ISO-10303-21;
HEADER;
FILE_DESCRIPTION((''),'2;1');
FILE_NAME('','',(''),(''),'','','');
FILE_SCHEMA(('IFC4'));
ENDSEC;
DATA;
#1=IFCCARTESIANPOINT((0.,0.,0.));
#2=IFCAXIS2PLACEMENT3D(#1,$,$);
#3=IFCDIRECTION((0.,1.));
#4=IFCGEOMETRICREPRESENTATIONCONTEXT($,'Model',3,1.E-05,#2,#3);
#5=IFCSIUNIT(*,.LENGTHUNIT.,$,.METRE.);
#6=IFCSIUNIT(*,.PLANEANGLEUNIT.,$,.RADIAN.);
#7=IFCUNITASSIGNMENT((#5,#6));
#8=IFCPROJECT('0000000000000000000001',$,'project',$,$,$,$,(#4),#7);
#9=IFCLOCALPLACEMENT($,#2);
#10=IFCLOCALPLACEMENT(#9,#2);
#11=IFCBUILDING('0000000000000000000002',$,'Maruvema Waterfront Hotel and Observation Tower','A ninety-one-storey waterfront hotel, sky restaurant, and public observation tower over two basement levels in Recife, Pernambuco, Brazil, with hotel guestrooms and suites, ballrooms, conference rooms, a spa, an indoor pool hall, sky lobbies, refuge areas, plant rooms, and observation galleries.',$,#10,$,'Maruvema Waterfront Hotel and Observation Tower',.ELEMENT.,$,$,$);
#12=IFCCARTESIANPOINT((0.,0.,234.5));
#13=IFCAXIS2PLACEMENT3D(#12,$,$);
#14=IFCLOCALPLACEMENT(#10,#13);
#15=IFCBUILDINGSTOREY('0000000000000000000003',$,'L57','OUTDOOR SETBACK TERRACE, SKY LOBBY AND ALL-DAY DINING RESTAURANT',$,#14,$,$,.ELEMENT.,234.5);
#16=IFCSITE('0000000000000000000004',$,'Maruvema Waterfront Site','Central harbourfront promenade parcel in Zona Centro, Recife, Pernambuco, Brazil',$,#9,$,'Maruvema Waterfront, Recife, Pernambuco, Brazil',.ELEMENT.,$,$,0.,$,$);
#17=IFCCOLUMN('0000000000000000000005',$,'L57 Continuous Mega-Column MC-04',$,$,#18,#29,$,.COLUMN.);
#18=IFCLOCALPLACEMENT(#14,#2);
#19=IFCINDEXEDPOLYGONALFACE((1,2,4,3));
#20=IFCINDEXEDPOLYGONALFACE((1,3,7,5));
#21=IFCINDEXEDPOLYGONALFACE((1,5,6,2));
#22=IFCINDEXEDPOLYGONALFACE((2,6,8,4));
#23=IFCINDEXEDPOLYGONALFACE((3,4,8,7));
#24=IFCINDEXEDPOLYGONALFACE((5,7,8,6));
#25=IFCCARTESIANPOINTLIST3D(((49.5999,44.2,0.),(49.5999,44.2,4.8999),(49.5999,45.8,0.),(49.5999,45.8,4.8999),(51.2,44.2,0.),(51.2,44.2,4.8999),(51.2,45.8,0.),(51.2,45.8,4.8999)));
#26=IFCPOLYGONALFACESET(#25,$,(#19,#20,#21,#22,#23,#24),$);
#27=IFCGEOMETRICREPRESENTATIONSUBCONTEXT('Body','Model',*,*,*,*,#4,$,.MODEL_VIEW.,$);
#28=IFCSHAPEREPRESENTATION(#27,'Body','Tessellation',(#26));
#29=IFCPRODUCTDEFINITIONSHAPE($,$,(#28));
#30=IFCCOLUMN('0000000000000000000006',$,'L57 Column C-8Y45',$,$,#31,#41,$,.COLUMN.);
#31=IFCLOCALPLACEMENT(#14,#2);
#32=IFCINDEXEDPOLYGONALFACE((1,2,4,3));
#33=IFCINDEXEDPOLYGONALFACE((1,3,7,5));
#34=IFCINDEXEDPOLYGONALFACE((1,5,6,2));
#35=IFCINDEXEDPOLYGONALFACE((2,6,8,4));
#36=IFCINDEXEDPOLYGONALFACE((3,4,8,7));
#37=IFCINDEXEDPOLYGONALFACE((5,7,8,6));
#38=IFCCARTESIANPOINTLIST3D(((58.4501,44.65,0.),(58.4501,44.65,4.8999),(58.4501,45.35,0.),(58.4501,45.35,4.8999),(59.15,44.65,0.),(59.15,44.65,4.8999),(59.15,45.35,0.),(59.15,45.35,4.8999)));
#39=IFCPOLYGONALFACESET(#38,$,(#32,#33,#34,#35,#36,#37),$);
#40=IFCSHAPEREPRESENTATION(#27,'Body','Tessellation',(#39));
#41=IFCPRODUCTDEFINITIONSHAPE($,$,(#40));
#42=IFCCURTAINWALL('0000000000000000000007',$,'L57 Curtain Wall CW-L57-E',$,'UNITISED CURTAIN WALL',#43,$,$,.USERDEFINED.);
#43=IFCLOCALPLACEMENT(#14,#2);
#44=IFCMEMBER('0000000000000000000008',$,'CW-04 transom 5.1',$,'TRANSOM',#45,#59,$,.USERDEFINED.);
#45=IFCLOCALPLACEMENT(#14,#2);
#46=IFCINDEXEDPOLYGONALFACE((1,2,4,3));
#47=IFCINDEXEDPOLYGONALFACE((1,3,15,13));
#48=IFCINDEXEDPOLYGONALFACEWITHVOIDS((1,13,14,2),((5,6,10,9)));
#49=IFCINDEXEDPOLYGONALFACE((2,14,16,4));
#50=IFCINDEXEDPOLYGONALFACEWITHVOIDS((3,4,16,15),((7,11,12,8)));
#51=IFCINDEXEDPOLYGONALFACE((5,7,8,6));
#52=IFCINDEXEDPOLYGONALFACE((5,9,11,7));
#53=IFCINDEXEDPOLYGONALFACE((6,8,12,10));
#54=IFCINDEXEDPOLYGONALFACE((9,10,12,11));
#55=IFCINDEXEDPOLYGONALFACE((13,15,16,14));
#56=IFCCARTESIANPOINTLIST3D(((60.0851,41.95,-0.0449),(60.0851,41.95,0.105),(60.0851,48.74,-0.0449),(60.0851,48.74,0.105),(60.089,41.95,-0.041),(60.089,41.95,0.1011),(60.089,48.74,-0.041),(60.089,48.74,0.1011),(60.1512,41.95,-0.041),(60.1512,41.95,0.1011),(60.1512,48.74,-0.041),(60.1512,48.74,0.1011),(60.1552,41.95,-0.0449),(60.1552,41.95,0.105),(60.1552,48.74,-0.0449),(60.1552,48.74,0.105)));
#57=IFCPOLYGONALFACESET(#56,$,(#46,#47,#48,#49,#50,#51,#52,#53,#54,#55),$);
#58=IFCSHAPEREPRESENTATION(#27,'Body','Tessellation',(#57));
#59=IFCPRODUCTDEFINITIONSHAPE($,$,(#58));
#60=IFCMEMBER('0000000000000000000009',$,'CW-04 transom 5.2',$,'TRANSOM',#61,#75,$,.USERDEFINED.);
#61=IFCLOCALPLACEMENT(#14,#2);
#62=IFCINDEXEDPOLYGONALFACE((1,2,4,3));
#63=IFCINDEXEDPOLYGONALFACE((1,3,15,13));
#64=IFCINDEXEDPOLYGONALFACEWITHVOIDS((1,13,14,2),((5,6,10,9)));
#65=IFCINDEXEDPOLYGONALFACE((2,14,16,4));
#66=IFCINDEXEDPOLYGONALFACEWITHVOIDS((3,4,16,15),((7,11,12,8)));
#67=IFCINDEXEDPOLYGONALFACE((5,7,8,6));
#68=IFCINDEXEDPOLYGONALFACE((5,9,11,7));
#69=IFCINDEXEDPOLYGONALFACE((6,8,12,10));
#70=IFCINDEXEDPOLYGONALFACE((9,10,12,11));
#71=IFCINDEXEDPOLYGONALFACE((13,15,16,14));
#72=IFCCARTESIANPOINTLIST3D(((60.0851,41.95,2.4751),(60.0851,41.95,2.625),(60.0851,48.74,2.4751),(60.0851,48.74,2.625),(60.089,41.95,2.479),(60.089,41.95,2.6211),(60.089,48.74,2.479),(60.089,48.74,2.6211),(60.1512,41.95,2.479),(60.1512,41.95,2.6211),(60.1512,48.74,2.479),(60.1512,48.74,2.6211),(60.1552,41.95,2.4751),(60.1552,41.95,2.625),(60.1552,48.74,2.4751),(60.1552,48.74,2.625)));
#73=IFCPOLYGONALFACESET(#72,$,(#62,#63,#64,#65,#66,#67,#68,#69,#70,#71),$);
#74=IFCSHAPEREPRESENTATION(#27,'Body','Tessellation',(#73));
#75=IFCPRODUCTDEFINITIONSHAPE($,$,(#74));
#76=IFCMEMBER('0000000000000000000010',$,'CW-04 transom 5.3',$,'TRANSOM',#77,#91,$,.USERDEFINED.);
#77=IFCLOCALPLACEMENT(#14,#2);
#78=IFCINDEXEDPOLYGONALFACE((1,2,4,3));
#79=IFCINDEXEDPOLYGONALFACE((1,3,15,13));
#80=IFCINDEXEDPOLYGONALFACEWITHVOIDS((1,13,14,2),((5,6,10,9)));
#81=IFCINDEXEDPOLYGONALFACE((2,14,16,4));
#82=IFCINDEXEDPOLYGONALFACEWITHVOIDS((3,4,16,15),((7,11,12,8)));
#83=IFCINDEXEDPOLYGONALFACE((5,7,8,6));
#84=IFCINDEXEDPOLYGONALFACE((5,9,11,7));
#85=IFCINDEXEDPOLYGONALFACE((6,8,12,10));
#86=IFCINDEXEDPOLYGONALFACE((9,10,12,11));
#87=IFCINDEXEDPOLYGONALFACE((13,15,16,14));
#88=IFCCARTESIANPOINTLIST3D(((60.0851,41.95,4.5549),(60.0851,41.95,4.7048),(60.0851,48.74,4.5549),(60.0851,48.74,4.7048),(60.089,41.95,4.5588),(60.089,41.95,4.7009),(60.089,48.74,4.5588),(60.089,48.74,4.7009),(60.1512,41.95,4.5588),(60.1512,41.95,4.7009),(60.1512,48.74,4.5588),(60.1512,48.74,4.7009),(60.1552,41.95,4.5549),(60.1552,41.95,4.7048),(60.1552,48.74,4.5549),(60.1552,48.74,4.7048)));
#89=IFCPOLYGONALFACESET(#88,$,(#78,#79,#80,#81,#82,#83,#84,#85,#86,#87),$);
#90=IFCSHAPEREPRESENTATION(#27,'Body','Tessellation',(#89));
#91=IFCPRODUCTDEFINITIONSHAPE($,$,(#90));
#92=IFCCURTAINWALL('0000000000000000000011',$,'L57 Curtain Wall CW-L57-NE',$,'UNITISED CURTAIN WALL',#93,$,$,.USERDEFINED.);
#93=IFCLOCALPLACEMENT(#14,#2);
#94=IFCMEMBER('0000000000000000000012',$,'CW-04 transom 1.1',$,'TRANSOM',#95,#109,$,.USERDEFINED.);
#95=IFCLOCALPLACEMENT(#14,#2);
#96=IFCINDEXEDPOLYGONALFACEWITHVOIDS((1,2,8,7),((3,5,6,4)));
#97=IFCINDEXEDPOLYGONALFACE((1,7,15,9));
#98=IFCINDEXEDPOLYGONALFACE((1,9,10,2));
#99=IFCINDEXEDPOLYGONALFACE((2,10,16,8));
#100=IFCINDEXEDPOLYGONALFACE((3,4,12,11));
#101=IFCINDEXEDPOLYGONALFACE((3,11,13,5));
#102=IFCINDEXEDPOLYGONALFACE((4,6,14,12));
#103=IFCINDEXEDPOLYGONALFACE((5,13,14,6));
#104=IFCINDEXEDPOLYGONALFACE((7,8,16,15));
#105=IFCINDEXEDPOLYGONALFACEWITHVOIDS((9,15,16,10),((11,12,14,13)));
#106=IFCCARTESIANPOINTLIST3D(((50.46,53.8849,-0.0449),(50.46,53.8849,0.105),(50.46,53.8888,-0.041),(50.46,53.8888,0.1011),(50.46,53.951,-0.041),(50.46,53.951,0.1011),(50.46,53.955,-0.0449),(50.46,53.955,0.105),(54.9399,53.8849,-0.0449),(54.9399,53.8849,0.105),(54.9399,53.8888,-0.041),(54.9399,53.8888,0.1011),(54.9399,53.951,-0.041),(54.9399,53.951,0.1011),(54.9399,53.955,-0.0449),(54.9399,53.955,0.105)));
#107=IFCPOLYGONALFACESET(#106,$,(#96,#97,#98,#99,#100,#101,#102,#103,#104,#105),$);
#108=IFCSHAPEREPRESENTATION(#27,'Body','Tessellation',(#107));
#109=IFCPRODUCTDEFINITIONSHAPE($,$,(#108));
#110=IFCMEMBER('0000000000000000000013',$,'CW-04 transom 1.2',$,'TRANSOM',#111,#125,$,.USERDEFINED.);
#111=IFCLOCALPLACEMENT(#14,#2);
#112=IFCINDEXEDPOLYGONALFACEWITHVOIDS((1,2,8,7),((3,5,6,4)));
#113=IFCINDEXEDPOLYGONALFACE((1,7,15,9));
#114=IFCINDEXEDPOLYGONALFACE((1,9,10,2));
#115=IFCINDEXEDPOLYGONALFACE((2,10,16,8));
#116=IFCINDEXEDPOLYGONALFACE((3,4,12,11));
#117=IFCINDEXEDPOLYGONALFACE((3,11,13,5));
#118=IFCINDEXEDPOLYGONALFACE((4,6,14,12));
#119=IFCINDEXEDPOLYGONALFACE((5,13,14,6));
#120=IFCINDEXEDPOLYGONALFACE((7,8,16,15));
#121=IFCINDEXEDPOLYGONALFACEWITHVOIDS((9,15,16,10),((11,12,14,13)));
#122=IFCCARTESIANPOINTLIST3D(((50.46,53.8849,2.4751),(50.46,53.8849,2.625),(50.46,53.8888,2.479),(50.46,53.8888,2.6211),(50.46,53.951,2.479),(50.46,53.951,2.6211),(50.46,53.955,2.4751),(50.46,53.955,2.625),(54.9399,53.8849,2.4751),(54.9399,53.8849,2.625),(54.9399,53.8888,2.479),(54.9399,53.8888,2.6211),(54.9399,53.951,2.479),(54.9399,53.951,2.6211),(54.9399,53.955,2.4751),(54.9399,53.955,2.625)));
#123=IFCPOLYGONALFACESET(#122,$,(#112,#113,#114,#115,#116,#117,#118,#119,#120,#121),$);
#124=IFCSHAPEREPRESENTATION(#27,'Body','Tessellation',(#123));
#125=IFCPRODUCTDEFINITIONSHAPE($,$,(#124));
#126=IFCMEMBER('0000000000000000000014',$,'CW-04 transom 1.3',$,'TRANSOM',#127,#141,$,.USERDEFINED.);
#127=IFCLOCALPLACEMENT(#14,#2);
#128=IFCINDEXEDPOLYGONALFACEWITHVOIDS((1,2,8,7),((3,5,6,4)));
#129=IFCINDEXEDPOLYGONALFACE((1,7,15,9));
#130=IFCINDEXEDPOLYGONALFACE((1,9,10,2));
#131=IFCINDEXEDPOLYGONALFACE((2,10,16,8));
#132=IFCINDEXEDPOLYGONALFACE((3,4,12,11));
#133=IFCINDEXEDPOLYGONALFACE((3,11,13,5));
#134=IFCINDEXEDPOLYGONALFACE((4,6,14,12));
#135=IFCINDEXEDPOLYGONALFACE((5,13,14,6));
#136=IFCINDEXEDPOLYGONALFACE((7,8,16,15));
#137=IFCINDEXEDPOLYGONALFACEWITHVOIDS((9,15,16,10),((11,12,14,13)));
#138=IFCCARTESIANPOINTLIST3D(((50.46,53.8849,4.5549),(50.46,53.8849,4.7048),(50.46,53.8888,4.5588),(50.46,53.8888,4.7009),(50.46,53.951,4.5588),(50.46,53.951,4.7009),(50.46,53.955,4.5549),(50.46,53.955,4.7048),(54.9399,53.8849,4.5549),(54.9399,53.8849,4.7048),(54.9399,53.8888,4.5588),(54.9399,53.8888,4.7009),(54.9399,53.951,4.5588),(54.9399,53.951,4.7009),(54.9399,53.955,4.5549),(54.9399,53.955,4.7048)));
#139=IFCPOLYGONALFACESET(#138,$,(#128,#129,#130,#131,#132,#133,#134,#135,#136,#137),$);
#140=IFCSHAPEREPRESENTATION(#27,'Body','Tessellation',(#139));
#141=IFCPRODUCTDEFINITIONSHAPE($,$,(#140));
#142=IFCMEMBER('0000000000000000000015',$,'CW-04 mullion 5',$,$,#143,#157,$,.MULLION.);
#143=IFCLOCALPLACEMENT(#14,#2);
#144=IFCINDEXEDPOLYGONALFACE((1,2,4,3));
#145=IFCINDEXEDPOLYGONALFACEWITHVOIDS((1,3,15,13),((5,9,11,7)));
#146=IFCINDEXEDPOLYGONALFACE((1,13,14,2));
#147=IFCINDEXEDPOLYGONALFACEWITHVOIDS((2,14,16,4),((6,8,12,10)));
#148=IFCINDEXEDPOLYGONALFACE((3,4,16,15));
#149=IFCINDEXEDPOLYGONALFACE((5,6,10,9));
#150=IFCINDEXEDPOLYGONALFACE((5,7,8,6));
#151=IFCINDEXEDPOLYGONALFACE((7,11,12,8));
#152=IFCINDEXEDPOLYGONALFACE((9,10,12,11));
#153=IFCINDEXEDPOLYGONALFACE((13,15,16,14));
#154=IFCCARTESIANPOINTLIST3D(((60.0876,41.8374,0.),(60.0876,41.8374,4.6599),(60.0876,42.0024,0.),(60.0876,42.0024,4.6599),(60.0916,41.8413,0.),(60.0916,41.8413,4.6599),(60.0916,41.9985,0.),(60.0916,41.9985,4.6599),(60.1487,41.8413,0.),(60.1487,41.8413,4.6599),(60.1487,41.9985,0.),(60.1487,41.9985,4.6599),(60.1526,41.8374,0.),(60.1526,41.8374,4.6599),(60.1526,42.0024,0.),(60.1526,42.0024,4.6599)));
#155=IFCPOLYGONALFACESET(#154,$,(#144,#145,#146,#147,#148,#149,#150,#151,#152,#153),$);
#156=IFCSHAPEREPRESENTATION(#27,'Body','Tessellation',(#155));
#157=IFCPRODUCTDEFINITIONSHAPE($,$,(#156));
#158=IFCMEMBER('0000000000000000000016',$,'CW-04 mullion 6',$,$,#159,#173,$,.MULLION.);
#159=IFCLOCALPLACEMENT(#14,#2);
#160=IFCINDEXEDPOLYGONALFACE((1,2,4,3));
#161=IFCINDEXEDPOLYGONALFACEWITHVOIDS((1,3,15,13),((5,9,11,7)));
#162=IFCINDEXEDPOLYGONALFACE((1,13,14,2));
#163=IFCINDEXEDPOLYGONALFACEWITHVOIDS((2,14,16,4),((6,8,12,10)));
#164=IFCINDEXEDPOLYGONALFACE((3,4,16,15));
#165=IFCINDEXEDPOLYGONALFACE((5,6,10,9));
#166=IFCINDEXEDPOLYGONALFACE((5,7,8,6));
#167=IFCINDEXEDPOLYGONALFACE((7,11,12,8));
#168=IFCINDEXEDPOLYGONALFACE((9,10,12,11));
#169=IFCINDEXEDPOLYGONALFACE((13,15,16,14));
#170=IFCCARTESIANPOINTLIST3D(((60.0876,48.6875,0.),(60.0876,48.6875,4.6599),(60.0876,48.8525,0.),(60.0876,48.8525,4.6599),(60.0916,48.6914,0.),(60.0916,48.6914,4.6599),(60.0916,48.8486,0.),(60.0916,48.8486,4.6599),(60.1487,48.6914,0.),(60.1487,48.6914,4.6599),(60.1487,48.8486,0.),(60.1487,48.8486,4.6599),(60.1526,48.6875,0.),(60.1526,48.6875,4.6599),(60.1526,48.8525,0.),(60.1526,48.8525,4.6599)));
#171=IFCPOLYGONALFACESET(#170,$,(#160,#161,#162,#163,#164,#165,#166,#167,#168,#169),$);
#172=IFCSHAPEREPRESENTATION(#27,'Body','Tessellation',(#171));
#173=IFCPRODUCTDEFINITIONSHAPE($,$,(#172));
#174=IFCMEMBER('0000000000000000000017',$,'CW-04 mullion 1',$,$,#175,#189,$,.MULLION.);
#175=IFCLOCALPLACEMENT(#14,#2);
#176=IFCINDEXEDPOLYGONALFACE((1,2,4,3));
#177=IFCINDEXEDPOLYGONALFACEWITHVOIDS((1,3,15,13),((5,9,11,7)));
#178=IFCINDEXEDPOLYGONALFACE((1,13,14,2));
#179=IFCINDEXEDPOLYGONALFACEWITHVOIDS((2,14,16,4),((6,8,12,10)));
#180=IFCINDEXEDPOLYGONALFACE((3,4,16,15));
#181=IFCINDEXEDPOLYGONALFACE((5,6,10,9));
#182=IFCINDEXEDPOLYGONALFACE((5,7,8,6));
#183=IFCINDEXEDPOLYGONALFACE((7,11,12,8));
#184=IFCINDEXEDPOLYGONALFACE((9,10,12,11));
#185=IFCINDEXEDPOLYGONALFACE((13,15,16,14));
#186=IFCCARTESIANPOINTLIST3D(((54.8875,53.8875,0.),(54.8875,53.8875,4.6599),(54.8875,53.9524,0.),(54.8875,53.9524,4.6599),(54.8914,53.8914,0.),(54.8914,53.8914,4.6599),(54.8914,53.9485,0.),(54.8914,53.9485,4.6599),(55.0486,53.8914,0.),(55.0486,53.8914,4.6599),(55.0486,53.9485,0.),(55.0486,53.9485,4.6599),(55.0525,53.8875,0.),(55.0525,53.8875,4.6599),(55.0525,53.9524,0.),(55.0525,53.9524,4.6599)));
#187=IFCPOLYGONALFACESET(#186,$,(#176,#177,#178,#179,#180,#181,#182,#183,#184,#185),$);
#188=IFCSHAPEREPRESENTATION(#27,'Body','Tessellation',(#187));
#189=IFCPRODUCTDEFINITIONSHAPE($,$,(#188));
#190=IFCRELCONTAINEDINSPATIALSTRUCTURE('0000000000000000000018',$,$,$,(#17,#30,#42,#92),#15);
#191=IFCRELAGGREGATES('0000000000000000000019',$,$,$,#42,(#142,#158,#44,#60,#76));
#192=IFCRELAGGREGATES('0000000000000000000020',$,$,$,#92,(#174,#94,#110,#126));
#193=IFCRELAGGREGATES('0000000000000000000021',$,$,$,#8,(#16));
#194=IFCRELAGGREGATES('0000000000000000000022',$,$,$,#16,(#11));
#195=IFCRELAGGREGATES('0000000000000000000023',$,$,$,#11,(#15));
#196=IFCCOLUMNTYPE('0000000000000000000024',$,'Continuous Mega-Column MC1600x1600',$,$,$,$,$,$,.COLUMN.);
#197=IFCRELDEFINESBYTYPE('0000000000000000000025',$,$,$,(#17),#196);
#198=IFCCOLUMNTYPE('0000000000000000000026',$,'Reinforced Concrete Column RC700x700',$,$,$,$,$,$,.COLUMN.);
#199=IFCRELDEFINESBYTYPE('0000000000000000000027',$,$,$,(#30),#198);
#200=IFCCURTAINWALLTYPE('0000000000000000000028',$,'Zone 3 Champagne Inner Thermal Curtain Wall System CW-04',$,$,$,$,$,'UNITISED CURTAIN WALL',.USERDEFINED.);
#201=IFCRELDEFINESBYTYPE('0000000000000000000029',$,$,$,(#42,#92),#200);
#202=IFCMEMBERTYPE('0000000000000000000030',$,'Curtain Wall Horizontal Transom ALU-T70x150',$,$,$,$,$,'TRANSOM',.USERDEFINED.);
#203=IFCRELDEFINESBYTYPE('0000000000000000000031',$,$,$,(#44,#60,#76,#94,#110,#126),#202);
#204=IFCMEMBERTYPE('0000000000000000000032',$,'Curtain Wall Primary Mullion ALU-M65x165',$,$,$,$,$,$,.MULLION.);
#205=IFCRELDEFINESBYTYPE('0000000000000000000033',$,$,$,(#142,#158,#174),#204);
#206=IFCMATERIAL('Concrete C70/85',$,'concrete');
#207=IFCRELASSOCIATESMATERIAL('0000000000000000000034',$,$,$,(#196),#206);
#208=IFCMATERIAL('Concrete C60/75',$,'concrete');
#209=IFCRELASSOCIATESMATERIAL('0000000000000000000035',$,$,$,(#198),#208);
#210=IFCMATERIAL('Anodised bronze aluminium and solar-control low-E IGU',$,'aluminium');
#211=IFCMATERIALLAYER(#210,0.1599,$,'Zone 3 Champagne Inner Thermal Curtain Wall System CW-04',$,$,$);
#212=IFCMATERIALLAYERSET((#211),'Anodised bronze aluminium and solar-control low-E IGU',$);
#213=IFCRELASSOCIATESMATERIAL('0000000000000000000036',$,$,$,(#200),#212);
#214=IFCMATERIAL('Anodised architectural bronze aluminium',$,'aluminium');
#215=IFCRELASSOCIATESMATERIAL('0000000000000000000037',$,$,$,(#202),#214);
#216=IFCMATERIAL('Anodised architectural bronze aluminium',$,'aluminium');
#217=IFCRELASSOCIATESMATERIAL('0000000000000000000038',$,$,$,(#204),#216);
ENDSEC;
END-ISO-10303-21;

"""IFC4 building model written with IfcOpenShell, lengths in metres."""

from ifc_helpers import new_model, si_unit, direction, frame, origin, origin_2d, place, context, subcontext, project, spatial, rectangle, hollow_rectangle, extrude, material, layer, layer_set, material_profile, profile_set, type_object, element, aggregate, save


model = new_model("IFC4")

# Units and contexts
model_context = context("Model", 3, precision=1e-05, world=origin(), true_north=direction((0.0, 1.0)))
body_context = subcontext(model_context, "Body", "Model", "MODEL_VIEW")
ifc_project = project(units=[si_unit("LENGTHUNIT", "METRE"), si_unit("PLANEANGLEUNIT", "RADIAN")], contexts=[model_context])

# Site, building, storey
site_placement = place(None, origin())
site = spatial("IfcSite", under=ifc_project, at=site_placement, Name="Maruvema Waterfront Site", Description="Central harbourfront promenade parcel in Zona Centro, Recife, Pernambuco, Brazil", LongName="Maruvema Waterfront, Recife, Pernambuco, Brazil", CompositionType="ELEMENT", RefElevation=0.0)
building_placement = place(site_placement, origin())
building = spatial("IfcBuilding", under=site, at=building_placement, Name="Maruvema Waterfront Hotel and Observation Tower", Description="A ninety-one-storey waterfront hotel, sky restaurant, and public observation tower over two basement levels in Recife, Pernambuco, Brazil, with hotel guestrooms and suites, ballrooms, conference rooms, a spa, an indoor pool hall, sky lobbies, refuge areas, plant rooms, and observation galleries.", LongName="Maruvema Waterfront Hotel and Observation Tower", CompositionType="ELEMENT")
storey_placement = place(building_placement, frame((0.0, 0.0, 234.5)))
storey = spatial("IfcBuildingStorey", under=building, at=storey_placement, Name="L57", Description="OUTDOOR SETBACK TERRACE, SKY LOBBY AND ALL-DAY DINING RESTAURANT", CompositionType="ELEMENT", Elevation=234.5)

# Columns
ifc_material_1 = material(Name="Concrete C70/85", Category="concrete")
ifc_material_profile_1 = material_profile(ifc_material_1, rectangle(XDim=1.6001, YDim=1.6001, at=origin_2d()), Name="MC1600x1600")
ifc_profile_set_1 = profile_set([ifc_material_profile_1], Name="Concrete C70/85")
column_type_1 = type_object("IfcColumnType", Name="Continuous Mega-Column MC1600x1600", PredefinedType="COLUMN", material=ifc_profile_set_1)
column_1_placement = place(storey_placement, frame((50.3999, 45.0, 0.0), z_axis=(0.0, 0.0, 1.0), x_axis=(1.0, 0.0, 0.0)))
element("IfcColumn", 1, at=column_1_placement, inside=storey, type_object=column_type_1, Name="L57 Continuous Mega-Column MC-04", PredefinedType="COLUMN", context=body_context, shape_type="SweptSolid", body=[
    extrude(rectangle(XDim=1.6001, YDim=1.6001, at=origin_2d()), origin(), (0.0, 0.0, 1.0), 4.8999),
])
ifc_material_2 = material(Name="Concrete C60/75", Category="concrete")
ifc_material_profile_2 = material_profile(ifc_material_2, rectangle(XDim=0.7, YDim=0.7, at=origin_2d()), Name="RC700x700")
ifc_profile_set_2 = profile_set([ifc_material_profile_2], Name="Concrete C60/75")
column_type_2 = type_object("IfcColumnType", Name="Reinforced Concrete Column RC700x700", PredefinedType="COLUMN", material=ifc_profile_set_2)
column_2_placement = place(storey_placement, frame((58.8, 45.0, 0.0), z_axis=(0.0, 0.0, 1.0), x_axis=(1.0, 0.0, 0.0)))
element("IfcColumn", 2, at=column_2_placement, inside=storey, type_object=column_type_2, Name="L57 Column C-8Y45", PredefinedType="COLUMN", context=body_context, shape_type="SweptSolid", body=[
    extrude(rectangle(XDim=0.7, YDim=0.7, at=origin_2d()), origin(), (0.0, 0.0, 1.0), 4.8999),
])

# Curtain walls, members
ifc_material_3 = material(Name="Anodised bronze aluminium and solar-control low-E IGU", Category="aluminium")
ifc_layer_1 = layer(ifc_material_3, 0.1599, Name="Zone 3 Champagne Inner Thermal Curtain Wall System CW-04")
ifc_layer_set_1 = layer_set([ifc_layer_1], Name="Anodised bronze aluminium and solar-control low-E IGU")
curtain_wall_type = type_object("IfcCurtainWallType", Name="Zone 3 Champagne Inner Thermal Curtain Wall System CW-04", ElementType="UNITISED CURTAIN WALL", PredefinedType="USERDEFINED", material=ifc_layer_set_1)
curtain_wall_1_placement = place(storey_placement, origin())
curtain_wall_1 = element("IfcCurtainWall", 3, at=curtain_wall_1_placement, inside=storey, type_object=curtain_wall_type, Name="L57 Curtain Wall CW-L57-E", ObjectType="UNITISED CURTAIN WALL", PredefinedType="USERDEFINED")
ifc_material_4 = material(Name="Anodised architectural bronze aluminium", Category="aluminium")
ifc_material_profile_3 = material_profile(ifc_material_4, hollow_rectangle(XDim=0.0701, YDim=0.1499, WallThickness=0.0039, at=origin_2d()), Name="ALU-T70x150")
ifc_profile_set_3 = profile_set([ifc_material_profile_3], Name="Anodised architectural bronze aluminium")
member_type_1 = type_object("IfcMemberType", Name="Curtain Wall Horizontal Transom ALU-T70x150", ElementType="TRANSOM", PredefinedType="USERDEFINED", material=ifc_profile_set_3)
member_1_placement = place(storey_placement, frame((60.1201, 41.95, 0.03), z_axis=(0.0, 1.0, 0.0), x_axis=(-1.0, 0.0, 0.0)))
member_1 = element("IfcMember", 4, at=member_1_placement, type_object=member_type_1, Name="CW-04 transom 5.1", ObjectType="TRANSOM", PredefinedType="USERDEFINED", context=body_context, shape_type="SweptSolid", body=[
    extrude(hollow_rectangle(XDim=0.0701, YDim=0.1499, WallThickness=0.0039, at=origin_2d()), origin(), (0.0, 0.0, 1.0), 6.79),
])
member_2_placement = place(storey_placement, frame((60.1201, 41.95, 2.55), z_axis=(0.0, 1.0, 0.0), x_axis=(-1.0, 0.0, 0.0)))
member_2 = element("IfcMember", 5, at=member_2_placement, type_object=member_type_1, Name="CW-04 transom 5.2", ObjectType="TRANSOM", PredefinedType="USERDEFINED", context=body_context, shape_type="SweptSolid", body=[
    extrude(hollow_rectangle(XDim=0.0701, YDim=0.1499, WallThickness=0.0039, at=origin_2d()), origin(), (0.0, 0.0, 1.0), 6.79),
])
member_3_placement = place(storey_placement, frame((60.1201, 41.95, 4.6299), z_axis=(0.0, 1.0, 0.0), x_axis=(-1.0, 0.0, 0.0)))
member_3 = element("IfcMember", 6, at=member_3_placement, type_object=member_type_1, Name="CW-04 transom 5.3", ObjectType="TRANSOM", PredefinedType="USERDEFINED", context=body_context, shape_type="SweptSolid", body=[
    extrude(hollow_rectangle(XDim=0.0701, YDim=0.1499, WallThickness=0.0039, at=origin_2d()), origin(), (0.0, 0.0, 1.0), 6.79),
])
curtain_wall_2_placement = place(storey_placement, origin())
curtain_wall_2 = element("IfcCurtainWall", 7, at=curtain_wall_2_placement, inside=storey, type_object=curtain_wall_type, Name="L57 Curtain Wall CW-L57-NE", ObjectType="UNITISED CURTAIN WALL", PredefinedType="USERDEFINED")
member_4_placement = place(storey_placement, frame((54.9399, 53.9199, 0.03), z_axis=(-1.0, 0.0, 0.0), x_axis=(0.0, -1.0, 0.0)))
member_4 = element("IfcMember", 8, at=member_4_placement, type_object=member_type_1, Name="CW-04 transom 1.1", ObjectType="TRANSOM", PredefinedType="USERDEFINED", context=body_context, shape_type="SweptSolid", body=[
    extrude(hollow_rectangle(XDim=0.0701, YDim=0.1499, WallThickness=0.0039, at=origin_2d()), origin(), (0.0, 0.0, 1.0), 4.48),
])
member_5_placement = place(storey_placement, frame((54.9399, 53.9199, 2.55), z_axis=(-1.0, 0.0, 0.0), x_axis=(0.0, -1.0, 0.0)))
member_5 = element("IfcMember", 9, at=member_5_placement, type_object=member_type_1, Name="CW-04 transom 1.2", ObjectType="TRANSOM", PredefinedType="USERDEFINED", context=body_context, shape_type="SweptSolid", body=[
    extrude(hollow_rectangle(XDim=0.0701, YDim=0.1499, WallThickness=0.0039, at=origin_2d()), origin(), (0.0, 0.0, 1.0), 4.48),
])
member_6_placement = place(storey_placement, frame((54.9399, 53.9199, 4.6299), z_axis=(-1.0, 0.0, 0.0), x_axis=(0.0, -1.0, 0.0)))
member_6 = element("IfcMember", 10, at=member_6_placement, type_object=member_type_1, Name="CW-04 transom 1.3", ObjectType="TRANSOM", PredefinedType="USERDEFINED", context=body_context, shape_type="SweptSolid", body=[
    extrude(hollow_rectangle(XDim=0.0701, YDim=0.1499, WallThickness=0.0039, at=origin_2d()), origin(), (0.0, 0.0, 1.0), 4.48),
])

# Members
ifc_material_5 = material(Name="Anodised architectural bronze aluminium", Category="aluminium")
ifc_material_profile_4 = material_profile(ifc_material_5, hollow_rectangle(XDim=0.0649, YDim=0.165, WallThickness=0.0039, at=origin_2d()), Name="ALU-M65x165")
ifc_profile_set_4 = profile_set([ifc_material_profile_4], Name="Anodised architectural bronze aluminium")
member_type_2 = type_object("IfcMemberType", Name="Curtain Wall Primary Mullion ALU-M65x165", PredefinedType="MULLION", material=ifc_profile_set_4)
member_7_placement = place(storey_placement, frame((60.1201, 41.9199, 0.0), z_axis=(0.0, 0.0, 1.0), x_axis=(-1.0, 0.0, 0.0)))
member_7 = element("IfcMember", 11, at=member_7_placement, type_object=member_type_2, Name="CW-04 mullion 5", PredefinedType="MULLION", context=body_context, shape_type="SweptSolid", body=[
    extrude(hollow_rectangle(XDim=0.0649, YDim=0.165, WallThickness=0.0039, at=origin_2d()), origin(), (0.0, 0.0, 1.0), 4.6599),
])
member_8_placement = place(storey_placement, frame((60.1201, 48.77, 0.0), z_axis=(0.0, 0.0, 1.0), x_axis=(-1.0, 0.0, 0.0)))
member_8 = element("IfcMember", 12, at=member_8_placement, type_object=member_type_2, Name="CW-04 mullion 6", PredefinedType="MULLION", context=body_context, shape_type="SweptSolid", body=[
    extrude(hollow_rectangle(XDim=0.0649, YDim=0.165, WallThickness=0.0039, at=origin_2d()), origin(), (0.0, 0.0, 1.0), 4.6599),
])
member_9_placement = place(storey_placement, frame((54.97, 53.9199, 0.0), z_axis=(0.0, 0.0, 1.0), x_axis=(0.0, -1.0, 0.0)))
member_9 = element("IfcMember", 13, at=member_9_placement, type_object=member_type_2, Name="CW-04 mullion 1", PredefinedType="MULLION", context=body_context, shape_type="SweptSolid", body=[
    extrude(hollow_rectangle(XDim=0.0649, YDim=0.165, WallThickness=0.0039, at=origin_2d()), origin(), (0.0, 0.0, 1.0), 4.6599),
])

aggregate(curtain_wall_1, [member_7, member_8, member_1, member_2, member_3])
aggregate(curtain_wall_2, [member_9, member_4, member_5, member_6])

save(model, "model.ifc")
